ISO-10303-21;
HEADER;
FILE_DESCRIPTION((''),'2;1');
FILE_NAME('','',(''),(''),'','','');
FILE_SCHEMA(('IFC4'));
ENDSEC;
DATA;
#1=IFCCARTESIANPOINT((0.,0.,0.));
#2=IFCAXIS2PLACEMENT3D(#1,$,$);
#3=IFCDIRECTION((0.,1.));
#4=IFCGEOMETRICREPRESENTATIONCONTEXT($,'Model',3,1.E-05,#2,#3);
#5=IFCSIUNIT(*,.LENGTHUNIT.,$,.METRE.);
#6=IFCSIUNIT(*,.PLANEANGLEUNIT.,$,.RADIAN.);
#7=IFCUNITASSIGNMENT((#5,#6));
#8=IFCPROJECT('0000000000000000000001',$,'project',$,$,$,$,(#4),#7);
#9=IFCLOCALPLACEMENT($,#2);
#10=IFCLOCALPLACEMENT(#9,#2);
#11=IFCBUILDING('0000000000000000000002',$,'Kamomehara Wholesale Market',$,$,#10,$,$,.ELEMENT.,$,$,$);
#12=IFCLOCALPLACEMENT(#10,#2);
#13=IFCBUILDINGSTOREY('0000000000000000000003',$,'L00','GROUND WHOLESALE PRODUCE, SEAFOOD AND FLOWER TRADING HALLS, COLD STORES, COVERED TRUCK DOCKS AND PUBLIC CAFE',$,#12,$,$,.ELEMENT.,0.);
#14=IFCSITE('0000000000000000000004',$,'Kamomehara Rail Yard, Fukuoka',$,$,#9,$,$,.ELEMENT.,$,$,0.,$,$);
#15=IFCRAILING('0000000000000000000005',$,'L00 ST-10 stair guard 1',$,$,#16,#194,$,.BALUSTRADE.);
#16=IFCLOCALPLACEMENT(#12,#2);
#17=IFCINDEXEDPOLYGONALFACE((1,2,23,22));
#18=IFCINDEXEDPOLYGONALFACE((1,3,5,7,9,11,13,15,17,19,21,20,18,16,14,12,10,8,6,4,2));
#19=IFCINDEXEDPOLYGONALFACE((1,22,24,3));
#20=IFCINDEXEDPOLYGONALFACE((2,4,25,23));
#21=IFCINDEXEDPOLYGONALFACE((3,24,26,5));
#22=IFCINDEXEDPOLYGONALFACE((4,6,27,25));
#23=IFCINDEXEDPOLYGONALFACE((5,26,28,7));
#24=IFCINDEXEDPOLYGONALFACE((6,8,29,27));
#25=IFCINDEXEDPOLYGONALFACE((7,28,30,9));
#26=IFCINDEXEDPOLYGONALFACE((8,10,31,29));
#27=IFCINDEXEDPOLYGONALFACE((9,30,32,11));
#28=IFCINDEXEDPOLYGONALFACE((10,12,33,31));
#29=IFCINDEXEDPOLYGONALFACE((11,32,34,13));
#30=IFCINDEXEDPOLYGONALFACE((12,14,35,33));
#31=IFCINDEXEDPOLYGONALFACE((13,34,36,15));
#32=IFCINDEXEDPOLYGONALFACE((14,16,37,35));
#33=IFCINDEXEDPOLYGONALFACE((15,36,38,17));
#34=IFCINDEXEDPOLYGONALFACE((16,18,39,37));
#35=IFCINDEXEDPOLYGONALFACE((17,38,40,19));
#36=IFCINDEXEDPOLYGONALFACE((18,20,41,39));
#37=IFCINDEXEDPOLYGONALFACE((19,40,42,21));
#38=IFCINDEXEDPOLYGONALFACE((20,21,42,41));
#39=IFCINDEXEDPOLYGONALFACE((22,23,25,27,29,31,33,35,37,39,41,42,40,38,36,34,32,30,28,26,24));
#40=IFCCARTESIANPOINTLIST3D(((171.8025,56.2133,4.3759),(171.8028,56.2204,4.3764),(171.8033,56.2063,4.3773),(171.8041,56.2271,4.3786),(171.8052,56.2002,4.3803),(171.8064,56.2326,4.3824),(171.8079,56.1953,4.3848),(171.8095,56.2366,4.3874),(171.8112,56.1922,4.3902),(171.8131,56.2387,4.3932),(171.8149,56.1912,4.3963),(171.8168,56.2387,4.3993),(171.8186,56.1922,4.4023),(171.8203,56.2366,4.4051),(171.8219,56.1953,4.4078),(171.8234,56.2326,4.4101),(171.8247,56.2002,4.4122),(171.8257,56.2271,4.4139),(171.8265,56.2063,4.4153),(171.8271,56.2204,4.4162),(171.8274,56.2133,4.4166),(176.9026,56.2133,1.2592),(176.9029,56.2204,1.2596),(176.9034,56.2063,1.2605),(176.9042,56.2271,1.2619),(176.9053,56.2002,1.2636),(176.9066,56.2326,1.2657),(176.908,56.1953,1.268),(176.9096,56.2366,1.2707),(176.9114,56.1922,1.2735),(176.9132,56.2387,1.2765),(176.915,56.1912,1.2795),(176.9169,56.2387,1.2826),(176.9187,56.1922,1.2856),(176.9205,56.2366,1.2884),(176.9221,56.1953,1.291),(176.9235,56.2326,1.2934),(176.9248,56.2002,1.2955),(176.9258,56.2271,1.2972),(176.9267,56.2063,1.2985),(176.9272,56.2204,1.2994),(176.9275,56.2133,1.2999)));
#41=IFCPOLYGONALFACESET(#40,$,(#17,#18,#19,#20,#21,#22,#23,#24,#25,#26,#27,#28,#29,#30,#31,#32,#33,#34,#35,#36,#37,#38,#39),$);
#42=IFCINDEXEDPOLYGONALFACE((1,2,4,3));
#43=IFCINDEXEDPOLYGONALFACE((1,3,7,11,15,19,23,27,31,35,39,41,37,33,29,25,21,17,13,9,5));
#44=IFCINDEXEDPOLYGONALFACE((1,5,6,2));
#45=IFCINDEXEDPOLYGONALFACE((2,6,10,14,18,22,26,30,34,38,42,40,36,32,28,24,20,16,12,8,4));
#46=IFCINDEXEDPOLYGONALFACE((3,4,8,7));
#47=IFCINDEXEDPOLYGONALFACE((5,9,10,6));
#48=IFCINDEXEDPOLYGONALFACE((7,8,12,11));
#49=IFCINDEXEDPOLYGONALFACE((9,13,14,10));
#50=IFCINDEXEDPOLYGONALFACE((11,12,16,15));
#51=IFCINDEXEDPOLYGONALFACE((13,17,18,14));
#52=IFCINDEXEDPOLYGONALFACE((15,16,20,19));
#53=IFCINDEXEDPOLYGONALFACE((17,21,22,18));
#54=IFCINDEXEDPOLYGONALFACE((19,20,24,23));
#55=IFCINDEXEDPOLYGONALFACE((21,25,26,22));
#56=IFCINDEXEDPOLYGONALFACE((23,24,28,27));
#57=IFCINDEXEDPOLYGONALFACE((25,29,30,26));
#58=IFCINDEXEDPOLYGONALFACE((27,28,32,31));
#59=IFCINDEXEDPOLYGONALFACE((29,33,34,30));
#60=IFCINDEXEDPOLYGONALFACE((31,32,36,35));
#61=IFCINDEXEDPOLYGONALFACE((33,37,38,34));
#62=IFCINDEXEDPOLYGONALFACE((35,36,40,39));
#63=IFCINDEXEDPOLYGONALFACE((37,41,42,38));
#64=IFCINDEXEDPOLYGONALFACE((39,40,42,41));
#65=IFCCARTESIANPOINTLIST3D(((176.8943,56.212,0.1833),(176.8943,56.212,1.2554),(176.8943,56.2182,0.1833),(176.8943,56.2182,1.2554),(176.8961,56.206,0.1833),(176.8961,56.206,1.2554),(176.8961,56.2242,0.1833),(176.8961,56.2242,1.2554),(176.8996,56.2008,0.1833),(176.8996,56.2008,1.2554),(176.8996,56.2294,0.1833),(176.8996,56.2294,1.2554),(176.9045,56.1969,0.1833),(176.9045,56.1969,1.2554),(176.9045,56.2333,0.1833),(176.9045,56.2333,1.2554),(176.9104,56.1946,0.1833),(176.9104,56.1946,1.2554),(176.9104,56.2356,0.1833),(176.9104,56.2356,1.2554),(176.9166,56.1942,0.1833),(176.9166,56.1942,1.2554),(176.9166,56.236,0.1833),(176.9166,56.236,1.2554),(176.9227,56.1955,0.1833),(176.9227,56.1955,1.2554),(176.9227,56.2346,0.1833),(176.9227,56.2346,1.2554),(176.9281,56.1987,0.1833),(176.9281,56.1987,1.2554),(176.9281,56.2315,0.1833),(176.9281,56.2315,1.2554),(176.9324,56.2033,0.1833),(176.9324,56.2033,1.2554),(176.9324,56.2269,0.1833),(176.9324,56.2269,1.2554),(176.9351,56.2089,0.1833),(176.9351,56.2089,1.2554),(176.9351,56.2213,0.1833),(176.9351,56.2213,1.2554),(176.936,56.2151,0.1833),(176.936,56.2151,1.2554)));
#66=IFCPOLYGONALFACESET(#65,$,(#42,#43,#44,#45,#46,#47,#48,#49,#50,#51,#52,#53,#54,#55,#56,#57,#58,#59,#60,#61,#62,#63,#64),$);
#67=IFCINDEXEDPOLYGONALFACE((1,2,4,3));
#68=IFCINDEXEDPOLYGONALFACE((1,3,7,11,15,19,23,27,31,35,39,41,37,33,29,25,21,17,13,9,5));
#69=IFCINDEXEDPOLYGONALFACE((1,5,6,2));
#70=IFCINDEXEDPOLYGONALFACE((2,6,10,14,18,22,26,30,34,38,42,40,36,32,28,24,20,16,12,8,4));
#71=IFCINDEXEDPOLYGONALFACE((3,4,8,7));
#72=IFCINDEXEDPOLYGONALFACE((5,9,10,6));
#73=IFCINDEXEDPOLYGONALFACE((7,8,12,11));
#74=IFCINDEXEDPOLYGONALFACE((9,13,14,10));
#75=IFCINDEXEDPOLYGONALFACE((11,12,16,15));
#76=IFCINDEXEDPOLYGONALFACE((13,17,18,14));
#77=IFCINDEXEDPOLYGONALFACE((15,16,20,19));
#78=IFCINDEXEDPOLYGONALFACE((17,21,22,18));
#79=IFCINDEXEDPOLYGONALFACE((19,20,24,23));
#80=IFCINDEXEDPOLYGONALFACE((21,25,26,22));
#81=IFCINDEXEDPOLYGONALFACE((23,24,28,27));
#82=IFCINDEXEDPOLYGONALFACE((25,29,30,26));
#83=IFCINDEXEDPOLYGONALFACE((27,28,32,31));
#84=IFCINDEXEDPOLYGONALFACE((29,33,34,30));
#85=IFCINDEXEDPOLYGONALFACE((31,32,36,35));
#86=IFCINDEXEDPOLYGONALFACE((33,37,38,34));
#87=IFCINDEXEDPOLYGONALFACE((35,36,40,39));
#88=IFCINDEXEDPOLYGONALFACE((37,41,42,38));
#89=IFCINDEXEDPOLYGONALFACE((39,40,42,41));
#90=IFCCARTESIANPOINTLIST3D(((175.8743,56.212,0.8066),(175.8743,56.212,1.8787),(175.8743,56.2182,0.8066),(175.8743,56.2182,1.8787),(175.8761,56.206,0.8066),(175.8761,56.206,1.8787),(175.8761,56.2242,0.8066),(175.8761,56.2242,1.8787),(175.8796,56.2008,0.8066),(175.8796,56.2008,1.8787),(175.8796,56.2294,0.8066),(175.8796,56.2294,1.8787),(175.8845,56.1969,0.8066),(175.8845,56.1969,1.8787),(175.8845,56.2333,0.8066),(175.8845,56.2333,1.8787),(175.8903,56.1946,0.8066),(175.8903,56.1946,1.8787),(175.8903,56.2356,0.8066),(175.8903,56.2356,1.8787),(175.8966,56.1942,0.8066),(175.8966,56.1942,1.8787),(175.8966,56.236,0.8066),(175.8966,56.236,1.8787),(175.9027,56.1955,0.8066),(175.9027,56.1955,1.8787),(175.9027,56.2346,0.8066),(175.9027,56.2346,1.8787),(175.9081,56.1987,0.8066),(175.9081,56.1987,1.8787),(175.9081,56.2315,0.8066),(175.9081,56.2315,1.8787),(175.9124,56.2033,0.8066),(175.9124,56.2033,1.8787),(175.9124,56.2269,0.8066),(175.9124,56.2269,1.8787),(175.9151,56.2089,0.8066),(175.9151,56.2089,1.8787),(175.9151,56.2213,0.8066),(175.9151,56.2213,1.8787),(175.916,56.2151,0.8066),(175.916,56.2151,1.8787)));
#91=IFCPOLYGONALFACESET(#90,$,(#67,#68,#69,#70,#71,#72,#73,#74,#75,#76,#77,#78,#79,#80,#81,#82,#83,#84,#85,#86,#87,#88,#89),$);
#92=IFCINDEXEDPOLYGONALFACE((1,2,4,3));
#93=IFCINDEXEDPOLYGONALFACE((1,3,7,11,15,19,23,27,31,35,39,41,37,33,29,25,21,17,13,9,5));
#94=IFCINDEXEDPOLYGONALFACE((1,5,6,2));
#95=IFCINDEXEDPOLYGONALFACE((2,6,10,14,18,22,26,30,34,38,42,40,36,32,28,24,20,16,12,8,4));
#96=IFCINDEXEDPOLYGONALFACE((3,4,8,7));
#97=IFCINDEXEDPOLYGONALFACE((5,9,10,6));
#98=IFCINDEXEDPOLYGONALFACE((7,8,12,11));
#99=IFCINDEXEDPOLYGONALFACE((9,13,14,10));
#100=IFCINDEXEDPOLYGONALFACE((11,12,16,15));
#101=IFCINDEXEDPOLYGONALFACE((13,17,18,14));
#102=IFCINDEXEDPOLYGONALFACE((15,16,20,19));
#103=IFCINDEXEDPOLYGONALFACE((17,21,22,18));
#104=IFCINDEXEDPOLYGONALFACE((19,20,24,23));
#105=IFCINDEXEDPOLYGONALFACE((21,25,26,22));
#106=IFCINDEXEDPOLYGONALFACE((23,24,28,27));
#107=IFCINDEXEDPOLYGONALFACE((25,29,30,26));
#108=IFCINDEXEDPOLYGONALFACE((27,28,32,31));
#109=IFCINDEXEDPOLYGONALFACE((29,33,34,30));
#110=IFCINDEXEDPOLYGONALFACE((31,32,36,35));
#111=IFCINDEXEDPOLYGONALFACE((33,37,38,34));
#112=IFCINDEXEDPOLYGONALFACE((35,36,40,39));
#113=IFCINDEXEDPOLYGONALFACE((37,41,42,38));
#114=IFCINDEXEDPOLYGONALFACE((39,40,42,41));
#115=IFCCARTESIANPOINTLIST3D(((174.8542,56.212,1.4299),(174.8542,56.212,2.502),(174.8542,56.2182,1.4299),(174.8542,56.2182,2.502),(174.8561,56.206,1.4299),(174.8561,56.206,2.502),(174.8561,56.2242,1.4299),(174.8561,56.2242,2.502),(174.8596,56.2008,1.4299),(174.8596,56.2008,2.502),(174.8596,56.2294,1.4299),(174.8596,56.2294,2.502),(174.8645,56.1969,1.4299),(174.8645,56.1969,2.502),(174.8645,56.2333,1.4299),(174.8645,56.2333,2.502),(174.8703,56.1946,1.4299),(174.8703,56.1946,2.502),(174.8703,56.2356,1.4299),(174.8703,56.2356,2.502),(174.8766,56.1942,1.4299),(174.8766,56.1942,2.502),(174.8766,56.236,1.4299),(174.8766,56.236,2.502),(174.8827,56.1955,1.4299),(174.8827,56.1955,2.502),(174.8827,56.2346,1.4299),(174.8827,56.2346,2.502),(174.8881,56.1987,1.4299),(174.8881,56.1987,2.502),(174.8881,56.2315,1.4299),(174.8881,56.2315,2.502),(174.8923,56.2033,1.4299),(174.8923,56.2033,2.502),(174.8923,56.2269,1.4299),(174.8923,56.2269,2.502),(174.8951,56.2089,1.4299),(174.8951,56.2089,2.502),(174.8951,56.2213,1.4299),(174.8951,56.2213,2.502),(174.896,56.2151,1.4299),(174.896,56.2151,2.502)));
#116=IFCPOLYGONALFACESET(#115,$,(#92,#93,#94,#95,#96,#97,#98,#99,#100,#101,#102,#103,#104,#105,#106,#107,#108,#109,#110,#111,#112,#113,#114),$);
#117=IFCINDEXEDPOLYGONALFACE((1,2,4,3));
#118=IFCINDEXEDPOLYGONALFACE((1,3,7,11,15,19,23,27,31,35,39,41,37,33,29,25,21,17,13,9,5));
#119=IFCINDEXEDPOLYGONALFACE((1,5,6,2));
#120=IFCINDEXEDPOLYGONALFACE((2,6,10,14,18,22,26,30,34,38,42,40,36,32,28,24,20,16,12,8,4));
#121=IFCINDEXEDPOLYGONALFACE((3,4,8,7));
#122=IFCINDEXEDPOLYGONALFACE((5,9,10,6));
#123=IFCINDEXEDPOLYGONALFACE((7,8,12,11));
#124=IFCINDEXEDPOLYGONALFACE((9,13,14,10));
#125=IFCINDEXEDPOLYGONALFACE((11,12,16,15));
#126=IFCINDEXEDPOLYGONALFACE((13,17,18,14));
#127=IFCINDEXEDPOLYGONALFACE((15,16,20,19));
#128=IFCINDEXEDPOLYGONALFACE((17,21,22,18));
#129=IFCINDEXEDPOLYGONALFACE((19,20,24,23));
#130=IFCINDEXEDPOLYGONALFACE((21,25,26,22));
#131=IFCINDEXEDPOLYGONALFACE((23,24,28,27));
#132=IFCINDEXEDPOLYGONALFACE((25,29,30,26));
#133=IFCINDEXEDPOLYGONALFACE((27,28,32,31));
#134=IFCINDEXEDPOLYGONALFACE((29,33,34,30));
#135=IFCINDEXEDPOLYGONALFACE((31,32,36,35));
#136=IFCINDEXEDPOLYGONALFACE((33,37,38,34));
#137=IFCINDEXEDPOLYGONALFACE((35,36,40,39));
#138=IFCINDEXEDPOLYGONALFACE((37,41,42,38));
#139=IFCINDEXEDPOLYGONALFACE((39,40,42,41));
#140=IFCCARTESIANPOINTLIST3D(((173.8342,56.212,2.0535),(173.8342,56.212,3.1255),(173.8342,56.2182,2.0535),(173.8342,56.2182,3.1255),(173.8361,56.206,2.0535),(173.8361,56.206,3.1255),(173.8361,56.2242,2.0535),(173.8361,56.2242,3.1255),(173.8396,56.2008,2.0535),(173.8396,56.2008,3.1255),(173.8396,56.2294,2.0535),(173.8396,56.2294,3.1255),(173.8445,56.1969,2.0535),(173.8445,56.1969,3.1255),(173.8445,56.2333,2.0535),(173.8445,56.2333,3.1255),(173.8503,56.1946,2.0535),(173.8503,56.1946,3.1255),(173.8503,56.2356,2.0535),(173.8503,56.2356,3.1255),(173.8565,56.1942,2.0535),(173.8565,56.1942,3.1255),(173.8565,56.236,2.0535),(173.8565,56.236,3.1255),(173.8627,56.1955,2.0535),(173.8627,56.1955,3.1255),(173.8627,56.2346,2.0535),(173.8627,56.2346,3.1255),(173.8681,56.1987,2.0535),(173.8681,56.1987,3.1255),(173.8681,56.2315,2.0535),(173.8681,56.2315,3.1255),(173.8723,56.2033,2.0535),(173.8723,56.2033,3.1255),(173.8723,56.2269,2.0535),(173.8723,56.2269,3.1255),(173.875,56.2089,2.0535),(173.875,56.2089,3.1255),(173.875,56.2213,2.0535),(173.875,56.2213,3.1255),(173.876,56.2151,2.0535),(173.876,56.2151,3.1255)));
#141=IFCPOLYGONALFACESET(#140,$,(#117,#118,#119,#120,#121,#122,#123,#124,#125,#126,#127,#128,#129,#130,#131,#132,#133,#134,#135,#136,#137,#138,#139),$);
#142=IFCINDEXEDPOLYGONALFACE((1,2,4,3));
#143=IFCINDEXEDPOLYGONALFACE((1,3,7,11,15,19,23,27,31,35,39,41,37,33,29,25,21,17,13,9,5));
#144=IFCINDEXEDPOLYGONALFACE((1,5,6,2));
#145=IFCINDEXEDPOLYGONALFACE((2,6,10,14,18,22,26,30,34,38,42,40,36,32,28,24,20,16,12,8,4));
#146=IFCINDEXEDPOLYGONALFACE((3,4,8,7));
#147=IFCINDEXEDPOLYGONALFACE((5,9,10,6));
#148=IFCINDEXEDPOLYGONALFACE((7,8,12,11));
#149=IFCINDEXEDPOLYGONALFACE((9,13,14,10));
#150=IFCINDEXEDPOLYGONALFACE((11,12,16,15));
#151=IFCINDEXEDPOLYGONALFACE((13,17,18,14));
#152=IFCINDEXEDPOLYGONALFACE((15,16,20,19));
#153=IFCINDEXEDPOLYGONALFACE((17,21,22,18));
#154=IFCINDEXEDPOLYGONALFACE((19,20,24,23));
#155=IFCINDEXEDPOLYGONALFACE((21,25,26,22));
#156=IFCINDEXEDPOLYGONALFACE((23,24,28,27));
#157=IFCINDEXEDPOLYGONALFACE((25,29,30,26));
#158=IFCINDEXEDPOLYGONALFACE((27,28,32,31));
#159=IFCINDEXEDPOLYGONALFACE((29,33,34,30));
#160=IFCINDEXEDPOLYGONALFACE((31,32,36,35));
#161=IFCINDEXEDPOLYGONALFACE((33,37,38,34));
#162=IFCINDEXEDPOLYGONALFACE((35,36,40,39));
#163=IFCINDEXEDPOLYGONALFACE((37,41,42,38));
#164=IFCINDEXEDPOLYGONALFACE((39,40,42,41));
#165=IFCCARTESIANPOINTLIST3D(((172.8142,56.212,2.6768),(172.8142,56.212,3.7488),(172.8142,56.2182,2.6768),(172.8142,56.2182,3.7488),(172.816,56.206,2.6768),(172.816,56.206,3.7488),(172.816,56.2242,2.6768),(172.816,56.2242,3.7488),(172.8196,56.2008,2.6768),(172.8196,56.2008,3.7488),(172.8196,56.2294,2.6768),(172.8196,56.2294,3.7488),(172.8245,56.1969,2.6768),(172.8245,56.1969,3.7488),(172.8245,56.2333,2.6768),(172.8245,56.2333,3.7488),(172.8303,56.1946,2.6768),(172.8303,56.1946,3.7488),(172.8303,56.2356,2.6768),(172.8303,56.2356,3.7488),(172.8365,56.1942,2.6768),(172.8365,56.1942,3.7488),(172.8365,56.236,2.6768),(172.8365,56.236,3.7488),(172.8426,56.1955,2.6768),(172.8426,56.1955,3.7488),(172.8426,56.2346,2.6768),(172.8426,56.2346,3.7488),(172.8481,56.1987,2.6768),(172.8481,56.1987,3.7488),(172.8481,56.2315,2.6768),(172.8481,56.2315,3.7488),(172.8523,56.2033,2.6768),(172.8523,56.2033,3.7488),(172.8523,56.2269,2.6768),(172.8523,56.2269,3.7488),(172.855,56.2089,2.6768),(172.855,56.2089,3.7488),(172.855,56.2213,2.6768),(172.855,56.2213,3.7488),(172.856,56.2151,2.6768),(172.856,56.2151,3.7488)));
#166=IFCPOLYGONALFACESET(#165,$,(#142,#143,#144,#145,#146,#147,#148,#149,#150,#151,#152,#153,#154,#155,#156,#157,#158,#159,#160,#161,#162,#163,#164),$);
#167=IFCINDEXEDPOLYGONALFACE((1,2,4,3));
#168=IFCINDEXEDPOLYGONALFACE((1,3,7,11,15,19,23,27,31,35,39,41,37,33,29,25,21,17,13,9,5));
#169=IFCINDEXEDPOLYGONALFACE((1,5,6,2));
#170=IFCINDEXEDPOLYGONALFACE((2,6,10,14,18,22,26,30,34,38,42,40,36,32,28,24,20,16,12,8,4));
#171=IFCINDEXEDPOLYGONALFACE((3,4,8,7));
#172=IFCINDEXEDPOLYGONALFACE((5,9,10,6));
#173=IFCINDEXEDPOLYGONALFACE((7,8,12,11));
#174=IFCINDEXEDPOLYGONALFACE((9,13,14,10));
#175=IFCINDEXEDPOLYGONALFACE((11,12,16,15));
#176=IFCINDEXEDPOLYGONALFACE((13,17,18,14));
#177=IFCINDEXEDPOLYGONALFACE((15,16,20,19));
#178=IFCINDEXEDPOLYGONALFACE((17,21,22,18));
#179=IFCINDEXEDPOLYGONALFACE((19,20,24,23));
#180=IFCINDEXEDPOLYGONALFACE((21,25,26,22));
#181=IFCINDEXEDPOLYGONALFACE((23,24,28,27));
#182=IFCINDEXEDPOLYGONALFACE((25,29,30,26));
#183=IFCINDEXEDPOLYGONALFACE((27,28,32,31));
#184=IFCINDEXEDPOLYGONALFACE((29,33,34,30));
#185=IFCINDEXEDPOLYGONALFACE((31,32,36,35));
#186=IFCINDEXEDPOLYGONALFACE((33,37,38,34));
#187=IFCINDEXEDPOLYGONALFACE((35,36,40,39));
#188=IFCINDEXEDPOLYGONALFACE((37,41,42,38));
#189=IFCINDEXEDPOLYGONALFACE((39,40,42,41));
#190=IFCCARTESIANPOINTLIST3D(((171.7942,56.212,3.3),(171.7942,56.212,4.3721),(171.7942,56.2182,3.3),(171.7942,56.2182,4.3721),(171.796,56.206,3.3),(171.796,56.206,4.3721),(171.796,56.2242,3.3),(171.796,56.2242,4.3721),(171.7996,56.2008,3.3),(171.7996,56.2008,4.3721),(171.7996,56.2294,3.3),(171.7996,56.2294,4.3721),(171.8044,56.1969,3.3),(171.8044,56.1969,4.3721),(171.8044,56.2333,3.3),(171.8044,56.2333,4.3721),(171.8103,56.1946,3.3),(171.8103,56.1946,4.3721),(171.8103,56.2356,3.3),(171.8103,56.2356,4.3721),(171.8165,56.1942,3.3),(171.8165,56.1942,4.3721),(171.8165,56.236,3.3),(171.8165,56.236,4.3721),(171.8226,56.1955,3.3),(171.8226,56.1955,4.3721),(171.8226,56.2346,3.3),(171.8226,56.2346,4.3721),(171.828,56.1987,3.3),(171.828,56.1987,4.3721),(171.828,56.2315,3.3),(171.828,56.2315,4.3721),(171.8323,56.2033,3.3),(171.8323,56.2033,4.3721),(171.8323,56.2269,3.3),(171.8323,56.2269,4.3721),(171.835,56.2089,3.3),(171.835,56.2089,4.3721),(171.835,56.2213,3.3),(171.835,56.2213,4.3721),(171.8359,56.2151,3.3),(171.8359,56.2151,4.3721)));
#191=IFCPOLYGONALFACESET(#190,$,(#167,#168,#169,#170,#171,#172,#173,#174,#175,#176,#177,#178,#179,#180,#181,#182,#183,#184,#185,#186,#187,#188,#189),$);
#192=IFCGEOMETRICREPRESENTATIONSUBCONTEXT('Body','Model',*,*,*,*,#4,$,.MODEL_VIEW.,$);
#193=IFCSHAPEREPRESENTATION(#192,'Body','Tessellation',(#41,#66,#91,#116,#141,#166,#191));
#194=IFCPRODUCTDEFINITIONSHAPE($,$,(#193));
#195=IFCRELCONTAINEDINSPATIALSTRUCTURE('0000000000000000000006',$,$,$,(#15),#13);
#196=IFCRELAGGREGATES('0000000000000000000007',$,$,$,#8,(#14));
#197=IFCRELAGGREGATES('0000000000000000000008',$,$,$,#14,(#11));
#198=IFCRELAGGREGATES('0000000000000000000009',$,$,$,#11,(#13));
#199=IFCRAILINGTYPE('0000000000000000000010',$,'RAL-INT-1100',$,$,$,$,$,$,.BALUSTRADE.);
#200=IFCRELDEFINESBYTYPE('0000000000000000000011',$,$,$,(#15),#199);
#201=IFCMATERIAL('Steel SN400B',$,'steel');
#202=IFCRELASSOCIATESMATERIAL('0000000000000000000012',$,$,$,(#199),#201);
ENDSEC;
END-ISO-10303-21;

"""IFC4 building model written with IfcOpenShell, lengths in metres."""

from ifc_helpers import new_model, si_unit, direction, frame, origin, origin_2d, place, context, subcontext, project, spatial, circle, extrude, material, type_object, element, save


model = new_model("IFC4")

# Units and contexts
model_context = context("Model", 3, precision=1e-05, world=origin(), true_north=direction((0.0, 1.0)))
body_context = subcontext(model_context, "Body", "Model", "MODEL_VIEW")
ifc_project = project(units=[si_unit("LENGTHUNIT", "METRE"), si_unit("PLANEANGLEUNIT", "RADIAN")], contexts=[model_context])

# Site, building, storey
site_placement = place(None, origin())
site = spatial("IfcSite", under=ifc_project, at=site_placement, Name="Kamomehara Rail Yard, Fukuoka", CompositionType="ELEMENT", RefElevation=0.0)
building_placement = place(site_placement, origin())
building = spatial("IfcBuilding", under=site, at=building_placement, Name="Kamomehara Wholesale Market", CompositionType="ELEMENT")
storey_placement = place(building_placement, origin())
storey = spatial("IfcBuildingStorey", under=building, at=storey_placement, Name="L00", Description="GROUND WHOLESALE PRODUCE, SEAFOOD AND FLOWER TRADING HALLS, COLD STORES, COVERED TRUCK DOCKS AND PUBLIC CAFE", CompositionType="ELEMENT", Elevation=0.0)

# Railing
ifc_material_1 = material(Name="Steel SN400B", Category="steel")
railing_type_1 = type_object("IfcRailingType", Name="RAL-INT-1100", PredefinedType="BALUSTRADE", material=ifc_material_1)
railing_1_placement = place(storey_placement, frame((176.915, 56.2151, 0.1833)))
element("IfcRailing", 1, at=railing_1_placement, inside=storey, type_object=railing_type_1, Name="L00 ST-10 stair guard 1", PredefinedType="BALUSTRADE", context=body_context, shape_type="SweptSolid", body=[
    extrude(circle(Radius=0.0239, at=origin_2d()), frame((0.0, 0.0, 1.0962), z_axis=(-0.853284, 0.0, 0.521447), x_axis=(0.0, -1.0, 0.0)), (0.0, 0.0, 1.0), 5.9771),
    extrude(circle(Radius=0.021, at=origin_2d()), origin(), (0.0, 0.0, 1.0), 1.072),
    extrude(circle(Radius=0.021, at=origin_2d()), frame((-1.02, 0.0, 0.6233)), (0.0, 0.0, 1.0), 1.072),
    extrude(circle(Radius=0.021, at=origin_2d()), frame((-2.04, 0.0, 1.2466)), (0.0, 0.0, 1.0), 1.072),
    extrude(circle(Radius=0.021, at=origin_2d()), frame((-3.0601, 0.0, 1.8701)), (0.0, 0.0, 1.0), 1.072),
    extrude(circle(Radius=0.021, at=origin_2d()), frame((-4.0801, 0.0, 2.4934)), (0.0, 0.0, 1.0), 1.072),
    extrude(circle(Radius=0.021, at=origin_2d()), frame((-5.1001, 0.0, 3.1167)), (0.0, 0.0, 1.0), 1.072),
])

save(model, "model.ifc")
